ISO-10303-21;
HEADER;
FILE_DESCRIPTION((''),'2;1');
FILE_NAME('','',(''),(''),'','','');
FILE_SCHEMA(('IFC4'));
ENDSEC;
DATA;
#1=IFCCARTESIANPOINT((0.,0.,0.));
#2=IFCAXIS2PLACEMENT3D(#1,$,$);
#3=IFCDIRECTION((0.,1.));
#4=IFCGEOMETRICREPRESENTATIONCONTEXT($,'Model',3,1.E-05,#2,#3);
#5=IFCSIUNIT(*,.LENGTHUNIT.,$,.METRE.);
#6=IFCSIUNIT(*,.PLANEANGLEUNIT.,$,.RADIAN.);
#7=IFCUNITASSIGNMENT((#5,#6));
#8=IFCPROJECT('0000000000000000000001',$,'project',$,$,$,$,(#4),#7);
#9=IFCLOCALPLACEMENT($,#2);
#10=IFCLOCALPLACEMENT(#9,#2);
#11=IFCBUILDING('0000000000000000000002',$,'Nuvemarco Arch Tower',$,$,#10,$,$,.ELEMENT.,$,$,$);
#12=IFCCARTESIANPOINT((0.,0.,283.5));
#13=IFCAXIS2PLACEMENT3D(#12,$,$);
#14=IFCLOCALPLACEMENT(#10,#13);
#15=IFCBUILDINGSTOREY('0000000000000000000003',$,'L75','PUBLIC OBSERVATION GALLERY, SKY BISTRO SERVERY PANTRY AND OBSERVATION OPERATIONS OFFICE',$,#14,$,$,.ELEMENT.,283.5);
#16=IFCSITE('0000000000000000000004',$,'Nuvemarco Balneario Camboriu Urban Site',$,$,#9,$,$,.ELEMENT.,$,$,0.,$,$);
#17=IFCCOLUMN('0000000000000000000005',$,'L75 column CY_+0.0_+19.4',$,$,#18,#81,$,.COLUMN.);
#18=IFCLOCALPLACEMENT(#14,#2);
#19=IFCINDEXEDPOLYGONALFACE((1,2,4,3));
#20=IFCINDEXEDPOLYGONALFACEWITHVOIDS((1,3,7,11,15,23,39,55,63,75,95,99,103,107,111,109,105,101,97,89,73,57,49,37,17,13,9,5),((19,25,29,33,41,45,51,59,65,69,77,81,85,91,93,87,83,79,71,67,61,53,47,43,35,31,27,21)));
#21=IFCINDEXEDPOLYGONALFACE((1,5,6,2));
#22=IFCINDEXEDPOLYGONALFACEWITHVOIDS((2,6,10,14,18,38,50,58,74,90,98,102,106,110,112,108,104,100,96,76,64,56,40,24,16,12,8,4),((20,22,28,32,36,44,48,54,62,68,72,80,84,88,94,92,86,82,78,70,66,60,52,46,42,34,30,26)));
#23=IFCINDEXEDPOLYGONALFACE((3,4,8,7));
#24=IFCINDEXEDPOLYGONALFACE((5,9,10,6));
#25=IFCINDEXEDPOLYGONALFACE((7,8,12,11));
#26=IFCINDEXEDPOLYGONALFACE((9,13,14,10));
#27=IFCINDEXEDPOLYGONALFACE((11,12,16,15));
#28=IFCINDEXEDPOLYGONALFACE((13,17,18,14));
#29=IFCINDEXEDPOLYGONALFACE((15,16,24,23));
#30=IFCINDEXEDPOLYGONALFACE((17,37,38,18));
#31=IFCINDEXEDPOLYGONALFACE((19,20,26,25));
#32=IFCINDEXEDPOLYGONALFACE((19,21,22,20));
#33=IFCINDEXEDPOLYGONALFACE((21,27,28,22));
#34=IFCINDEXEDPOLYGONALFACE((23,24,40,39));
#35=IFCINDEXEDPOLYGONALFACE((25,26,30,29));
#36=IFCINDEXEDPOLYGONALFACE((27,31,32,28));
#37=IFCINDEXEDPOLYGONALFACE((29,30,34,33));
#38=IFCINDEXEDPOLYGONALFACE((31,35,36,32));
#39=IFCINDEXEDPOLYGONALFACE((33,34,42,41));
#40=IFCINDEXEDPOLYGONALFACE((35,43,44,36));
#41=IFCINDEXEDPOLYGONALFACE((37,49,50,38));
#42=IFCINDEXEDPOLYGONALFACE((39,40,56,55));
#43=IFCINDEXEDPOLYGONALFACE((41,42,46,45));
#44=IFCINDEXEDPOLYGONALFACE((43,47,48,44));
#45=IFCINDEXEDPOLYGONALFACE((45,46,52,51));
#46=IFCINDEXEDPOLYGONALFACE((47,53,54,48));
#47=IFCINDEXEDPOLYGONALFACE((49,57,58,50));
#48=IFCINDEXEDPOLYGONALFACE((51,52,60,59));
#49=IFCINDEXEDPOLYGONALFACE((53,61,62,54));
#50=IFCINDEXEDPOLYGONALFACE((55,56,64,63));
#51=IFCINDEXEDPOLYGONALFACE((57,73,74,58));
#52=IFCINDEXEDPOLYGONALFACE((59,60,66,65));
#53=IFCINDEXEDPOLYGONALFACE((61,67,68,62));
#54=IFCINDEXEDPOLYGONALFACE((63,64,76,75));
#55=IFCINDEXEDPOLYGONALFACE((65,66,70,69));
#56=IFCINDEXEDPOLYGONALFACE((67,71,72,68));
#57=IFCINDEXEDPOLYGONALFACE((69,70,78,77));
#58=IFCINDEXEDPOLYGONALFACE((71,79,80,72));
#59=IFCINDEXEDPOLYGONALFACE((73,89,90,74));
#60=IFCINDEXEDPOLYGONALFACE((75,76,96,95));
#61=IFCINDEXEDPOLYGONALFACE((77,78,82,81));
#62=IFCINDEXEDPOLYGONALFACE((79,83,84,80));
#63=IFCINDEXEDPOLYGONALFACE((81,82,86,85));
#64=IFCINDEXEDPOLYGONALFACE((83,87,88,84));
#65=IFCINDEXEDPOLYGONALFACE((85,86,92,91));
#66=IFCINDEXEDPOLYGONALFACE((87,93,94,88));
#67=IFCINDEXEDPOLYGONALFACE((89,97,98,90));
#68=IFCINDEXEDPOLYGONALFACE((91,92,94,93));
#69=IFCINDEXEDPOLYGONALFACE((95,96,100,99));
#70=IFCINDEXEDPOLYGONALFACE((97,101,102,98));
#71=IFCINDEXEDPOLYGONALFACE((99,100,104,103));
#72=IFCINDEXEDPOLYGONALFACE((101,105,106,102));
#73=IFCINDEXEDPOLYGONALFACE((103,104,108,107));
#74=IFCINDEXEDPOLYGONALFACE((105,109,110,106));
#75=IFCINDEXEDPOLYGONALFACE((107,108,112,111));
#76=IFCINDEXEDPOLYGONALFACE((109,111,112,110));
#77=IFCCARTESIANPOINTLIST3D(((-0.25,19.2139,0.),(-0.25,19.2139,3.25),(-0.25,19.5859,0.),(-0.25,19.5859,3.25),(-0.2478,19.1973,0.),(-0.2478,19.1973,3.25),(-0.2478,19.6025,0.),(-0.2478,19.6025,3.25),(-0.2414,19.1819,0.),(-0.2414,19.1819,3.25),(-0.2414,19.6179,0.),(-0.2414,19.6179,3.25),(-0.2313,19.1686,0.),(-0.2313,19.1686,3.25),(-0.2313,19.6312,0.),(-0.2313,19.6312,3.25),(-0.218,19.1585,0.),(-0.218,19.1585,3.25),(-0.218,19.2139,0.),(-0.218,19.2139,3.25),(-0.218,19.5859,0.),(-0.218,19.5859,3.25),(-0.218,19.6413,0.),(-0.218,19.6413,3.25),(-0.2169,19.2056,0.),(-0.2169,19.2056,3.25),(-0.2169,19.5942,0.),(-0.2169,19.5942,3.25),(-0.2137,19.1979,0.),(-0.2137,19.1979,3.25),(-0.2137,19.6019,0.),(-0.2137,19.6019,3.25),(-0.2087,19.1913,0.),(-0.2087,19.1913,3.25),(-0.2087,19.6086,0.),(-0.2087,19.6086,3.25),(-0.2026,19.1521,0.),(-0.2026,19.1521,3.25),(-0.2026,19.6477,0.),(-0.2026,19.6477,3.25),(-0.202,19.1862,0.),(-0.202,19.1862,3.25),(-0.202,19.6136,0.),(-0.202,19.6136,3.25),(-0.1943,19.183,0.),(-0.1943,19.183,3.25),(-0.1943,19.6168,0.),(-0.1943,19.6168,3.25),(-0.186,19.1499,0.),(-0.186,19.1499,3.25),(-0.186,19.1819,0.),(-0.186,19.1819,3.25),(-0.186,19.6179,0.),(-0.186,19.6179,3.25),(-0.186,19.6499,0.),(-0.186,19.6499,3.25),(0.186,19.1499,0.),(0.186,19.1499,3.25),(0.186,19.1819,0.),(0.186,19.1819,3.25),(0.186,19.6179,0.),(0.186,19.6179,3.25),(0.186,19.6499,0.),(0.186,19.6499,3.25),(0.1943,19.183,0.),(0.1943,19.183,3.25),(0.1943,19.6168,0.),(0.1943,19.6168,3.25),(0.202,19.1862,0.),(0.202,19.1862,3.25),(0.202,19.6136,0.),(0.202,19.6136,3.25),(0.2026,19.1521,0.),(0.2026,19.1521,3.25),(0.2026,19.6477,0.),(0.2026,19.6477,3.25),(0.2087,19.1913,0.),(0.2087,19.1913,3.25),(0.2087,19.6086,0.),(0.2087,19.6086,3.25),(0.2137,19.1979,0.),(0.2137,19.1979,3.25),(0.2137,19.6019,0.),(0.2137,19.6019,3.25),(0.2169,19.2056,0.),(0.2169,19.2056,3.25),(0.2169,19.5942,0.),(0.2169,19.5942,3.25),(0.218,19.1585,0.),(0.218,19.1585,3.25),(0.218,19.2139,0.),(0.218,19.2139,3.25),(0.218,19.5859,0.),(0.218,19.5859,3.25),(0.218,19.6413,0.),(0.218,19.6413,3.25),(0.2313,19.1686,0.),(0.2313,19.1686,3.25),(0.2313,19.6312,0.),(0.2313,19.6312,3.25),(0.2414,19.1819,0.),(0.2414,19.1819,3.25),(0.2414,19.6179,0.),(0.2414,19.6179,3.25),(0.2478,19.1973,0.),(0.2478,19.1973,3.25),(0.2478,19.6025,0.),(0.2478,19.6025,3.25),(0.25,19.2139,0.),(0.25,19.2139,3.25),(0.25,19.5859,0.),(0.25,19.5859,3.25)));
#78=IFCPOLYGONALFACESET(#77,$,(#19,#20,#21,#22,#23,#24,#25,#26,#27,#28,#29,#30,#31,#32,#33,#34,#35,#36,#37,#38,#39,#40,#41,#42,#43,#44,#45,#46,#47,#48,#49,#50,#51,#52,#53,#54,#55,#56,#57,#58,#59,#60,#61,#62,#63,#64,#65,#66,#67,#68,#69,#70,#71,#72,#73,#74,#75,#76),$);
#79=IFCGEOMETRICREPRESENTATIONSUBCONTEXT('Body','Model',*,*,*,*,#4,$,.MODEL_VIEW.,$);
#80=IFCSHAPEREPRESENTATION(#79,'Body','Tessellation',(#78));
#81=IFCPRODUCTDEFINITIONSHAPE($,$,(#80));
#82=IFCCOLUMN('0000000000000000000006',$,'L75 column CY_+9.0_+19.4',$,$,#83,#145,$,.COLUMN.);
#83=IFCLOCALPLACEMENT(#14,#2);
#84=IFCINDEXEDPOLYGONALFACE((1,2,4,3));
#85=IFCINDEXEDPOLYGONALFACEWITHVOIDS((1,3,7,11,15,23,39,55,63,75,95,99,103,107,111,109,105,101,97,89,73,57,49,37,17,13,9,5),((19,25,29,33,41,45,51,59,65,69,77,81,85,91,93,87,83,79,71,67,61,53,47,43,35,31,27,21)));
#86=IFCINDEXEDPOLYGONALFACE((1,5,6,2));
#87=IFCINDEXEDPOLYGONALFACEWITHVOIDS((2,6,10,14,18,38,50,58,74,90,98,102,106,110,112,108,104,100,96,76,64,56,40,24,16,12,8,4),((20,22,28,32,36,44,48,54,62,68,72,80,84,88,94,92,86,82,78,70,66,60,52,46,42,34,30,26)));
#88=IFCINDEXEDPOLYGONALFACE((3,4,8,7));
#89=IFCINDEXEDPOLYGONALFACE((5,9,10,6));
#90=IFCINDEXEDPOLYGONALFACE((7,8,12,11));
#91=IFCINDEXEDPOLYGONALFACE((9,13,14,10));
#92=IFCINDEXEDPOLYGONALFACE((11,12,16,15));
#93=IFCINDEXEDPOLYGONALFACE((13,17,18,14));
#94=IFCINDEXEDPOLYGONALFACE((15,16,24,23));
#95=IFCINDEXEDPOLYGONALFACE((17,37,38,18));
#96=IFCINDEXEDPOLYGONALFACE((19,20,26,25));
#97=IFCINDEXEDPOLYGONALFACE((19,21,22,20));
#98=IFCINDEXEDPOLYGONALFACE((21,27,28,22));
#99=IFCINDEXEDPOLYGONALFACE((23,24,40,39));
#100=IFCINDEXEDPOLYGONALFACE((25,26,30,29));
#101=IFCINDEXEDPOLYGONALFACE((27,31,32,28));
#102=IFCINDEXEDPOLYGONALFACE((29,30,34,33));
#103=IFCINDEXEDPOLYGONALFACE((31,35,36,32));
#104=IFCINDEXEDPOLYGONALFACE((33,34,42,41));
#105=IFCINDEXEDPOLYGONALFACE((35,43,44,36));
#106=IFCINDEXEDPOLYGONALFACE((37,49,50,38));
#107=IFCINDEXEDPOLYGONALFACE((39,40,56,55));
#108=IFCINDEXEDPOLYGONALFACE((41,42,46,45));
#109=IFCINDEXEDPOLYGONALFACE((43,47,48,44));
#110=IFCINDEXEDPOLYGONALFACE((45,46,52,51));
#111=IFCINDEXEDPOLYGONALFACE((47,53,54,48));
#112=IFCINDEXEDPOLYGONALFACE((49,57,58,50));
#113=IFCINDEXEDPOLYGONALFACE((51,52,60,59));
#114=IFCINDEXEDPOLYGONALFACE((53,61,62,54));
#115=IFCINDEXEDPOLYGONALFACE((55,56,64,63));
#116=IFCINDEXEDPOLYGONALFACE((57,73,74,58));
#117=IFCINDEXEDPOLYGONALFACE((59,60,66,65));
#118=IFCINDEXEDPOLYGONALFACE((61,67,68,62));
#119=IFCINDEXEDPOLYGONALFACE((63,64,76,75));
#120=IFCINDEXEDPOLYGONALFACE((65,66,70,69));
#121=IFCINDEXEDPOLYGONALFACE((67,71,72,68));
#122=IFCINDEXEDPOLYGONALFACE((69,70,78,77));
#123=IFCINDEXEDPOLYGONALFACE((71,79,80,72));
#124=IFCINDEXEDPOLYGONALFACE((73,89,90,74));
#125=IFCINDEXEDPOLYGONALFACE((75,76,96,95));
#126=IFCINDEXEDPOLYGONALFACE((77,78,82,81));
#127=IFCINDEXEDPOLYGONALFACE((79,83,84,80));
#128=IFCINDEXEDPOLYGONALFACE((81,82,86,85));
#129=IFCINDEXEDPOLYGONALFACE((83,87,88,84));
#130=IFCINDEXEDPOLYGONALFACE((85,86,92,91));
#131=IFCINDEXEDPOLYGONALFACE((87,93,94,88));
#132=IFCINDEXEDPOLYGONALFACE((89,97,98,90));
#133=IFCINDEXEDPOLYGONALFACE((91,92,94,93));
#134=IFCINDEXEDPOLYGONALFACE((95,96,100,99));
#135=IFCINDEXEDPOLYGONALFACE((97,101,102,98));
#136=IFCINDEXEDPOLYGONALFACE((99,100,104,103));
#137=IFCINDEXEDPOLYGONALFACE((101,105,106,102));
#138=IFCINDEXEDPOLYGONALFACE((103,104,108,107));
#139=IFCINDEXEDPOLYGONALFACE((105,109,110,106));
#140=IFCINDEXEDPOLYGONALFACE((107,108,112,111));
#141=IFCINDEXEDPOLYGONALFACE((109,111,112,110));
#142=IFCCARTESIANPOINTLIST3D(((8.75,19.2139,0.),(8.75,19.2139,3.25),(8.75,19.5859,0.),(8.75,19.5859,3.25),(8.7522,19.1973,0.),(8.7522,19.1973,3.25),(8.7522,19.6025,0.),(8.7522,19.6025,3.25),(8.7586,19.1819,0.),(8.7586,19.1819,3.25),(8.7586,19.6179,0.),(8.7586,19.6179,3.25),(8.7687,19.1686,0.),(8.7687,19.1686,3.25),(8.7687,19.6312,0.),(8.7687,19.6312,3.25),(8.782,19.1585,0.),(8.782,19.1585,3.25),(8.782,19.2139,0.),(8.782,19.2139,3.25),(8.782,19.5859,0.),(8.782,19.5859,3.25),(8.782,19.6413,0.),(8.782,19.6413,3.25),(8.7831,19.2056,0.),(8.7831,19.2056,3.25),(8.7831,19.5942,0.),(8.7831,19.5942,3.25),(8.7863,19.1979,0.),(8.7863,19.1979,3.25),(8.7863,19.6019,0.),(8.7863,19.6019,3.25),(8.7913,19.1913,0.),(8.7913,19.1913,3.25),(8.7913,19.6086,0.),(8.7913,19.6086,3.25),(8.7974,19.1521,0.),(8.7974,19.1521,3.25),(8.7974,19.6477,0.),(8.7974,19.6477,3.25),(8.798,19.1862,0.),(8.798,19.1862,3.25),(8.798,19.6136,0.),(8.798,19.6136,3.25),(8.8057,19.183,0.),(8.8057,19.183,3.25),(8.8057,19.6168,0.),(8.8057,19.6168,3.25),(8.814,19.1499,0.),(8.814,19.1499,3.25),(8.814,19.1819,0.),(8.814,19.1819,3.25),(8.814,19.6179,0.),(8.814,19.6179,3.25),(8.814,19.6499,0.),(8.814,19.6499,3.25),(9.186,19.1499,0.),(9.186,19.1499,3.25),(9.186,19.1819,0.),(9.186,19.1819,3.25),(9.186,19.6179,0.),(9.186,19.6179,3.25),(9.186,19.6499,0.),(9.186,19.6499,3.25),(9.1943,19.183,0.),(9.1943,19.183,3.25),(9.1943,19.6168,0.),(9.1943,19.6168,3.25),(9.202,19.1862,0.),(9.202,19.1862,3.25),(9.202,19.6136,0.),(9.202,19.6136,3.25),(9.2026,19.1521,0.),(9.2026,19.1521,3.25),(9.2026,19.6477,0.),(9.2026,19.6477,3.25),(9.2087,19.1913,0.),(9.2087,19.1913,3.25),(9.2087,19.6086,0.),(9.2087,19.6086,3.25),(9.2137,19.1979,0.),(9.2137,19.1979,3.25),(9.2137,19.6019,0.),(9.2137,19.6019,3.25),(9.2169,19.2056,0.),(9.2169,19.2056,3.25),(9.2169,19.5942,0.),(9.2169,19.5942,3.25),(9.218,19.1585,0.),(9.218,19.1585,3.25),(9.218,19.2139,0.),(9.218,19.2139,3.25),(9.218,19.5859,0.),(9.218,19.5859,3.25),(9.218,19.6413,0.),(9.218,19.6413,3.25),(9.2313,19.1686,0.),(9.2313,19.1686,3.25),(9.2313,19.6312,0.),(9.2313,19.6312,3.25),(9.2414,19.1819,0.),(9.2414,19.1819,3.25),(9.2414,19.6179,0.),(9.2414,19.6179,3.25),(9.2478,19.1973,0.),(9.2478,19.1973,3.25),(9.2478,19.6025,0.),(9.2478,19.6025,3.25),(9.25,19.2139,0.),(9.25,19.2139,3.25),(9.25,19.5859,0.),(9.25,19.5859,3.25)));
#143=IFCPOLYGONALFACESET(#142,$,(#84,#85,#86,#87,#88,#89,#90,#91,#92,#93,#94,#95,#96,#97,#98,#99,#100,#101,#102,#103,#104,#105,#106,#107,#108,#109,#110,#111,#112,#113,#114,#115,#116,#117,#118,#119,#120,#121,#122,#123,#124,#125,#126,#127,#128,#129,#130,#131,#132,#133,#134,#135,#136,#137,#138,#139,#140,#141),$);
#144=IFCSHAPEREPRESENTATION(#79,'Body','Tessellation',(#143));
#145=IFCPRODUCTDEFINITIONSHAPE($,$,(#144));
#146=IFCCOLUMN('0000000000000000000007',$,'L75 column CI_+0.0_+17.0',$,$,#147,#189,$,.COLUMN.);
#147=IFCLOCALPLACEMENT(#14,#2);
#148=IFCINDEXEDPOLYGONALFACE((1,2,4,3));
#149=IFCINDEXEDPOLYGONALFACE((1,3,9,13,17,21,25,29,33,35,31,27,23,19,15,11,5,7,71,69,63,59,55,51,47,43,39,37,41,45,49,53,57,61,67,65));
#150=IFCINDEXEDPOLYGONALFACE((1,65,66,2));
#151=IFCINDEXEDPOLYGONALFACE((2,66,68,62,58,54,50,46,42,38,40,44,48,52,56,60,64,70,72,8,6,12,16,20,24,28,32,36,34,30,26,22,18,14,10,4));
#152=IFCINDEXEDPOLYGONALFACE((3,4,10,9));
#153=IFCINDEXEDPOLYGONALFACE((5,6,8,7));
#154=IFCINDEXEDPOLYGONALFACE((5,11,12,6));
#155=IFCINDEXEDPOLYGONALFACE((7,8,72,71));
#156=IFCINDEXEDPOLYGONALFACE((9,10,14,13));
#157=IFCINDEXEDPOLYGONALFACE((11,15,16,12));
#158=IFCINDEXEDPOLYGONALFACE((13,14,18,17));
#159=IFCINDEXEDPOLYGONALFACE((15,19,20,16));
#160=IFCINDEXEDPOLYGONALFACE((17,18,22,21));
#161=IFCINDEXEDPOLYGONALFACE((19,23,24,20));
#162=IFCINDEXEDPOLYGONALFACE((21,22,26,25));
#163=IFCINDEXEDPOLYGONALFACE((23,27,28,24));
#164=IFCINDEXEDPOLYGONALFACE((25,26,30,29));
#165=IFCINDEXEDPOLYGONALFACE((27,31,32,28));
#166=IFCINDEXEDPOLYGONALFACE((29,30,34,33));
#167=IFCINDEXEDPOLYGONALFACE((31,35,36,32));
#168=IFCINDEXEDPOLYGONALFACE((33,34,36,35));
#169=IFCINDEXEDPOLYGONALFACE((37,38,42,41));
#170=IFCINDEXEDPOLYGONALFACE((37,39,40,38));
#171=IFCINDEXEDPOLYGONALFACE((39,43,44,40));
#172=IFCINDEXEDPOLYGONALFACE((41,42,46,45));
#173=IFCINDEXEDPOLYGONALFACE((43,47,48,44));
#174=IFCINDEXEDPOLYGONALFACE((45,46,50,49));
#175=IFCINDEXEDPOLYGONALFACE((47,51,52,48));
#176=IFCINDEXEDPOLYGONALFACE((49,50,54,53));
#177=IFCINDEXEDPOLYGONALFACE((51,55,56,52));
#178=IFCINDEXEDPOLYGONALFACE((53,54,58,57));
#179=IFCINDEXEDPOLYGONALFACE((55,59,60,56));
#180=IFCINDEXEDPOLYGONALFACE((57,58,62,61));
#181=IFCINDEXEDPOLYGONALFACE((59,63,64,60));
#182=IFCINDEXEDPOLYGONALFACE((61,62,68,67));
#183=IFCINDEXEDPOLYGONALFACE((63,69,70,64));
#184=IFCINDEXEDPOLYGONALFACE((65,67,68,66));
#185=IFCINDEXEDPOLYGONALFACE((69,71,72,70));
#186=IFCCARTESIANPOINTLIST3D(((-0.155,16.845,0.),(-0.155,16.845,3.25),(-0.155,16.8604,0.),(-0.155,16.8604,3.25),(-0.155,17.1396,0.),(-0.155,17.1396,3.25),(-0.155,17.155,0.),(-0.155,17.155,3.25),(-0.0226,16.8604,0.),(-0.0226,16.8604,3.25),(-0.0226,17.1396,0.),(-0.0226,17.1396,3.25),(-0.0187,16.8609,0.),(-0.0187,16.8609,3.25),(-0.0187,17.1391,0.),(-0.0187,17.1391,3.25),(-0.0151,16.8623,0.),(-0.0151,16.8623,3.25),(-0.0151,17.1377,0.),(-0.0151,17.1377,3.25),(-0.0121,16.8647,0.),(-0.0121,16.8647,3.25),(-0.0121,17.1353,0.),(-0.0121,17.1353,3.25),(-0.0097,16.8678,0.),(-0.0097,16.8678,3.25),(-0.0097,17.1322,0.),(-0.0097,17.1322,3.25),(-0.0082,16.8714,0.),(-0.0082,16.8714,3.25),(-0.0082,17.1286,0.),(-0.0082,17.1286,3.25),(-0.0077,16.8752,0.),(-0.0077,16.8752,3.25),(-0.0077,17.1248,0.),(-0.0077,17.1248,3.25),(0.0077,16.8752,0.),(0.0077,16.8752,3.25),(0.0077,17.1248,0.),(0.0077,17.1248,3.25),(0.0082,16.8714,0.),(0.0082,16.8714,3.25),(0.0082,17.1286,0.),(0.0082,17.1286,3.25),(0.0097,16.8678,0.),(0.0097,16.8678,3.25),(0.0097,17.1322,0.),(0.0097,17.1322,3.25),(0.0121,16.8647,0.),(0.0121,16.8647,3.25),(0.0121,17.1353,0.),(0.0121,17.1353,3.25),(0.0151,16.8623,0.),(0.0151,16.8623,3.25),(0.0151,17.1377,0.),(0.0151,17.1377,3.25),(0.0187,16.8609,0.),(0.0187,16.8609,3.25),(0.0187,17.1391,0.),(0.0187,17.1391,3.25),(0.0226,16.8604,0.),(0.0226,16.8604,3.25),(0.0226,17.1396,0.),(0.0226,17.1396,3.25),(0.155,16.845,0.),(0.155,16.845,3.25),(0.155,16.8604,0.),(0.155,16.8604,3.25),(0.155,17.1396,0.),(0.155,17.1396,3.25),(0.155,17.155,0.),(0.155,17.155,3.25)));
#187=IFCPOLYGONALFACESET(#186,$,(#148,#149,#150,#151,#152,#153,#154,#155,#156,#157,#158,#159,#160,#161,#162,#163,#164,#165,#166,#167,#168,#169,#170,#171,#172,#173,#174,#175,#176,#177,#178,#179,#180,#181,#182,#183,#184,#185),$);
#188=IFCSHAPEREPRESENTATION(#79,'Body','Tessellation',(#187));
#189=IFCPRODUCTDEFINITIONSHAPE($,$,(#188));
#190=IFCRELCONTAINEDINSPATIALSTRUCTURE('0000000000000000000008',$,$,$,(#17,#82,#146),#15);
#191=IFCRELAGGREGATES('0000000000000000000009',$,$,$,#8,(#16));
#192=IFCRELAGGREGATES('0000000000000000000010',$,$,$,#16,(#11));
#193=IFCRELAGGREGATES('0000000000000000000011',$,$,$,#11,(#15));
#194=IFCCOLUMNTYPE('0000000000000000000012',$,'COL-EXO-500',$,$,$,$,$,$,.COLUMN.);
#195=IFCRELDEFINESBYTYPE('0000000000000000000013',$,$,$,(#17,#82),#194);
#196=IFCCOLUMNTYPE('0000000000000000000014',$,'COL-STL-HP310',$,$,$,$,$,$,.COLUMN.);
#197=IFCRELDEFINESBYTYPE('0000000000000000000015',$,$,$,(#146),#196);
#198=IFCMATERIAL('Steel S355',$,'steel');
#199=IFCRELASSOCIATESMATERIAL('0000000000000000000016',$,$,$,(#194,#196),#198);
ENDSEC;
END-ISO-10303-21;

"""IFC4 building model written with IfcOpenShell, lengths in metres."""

from ifc_helpers import new_model, si_unit, direction, frame, origin, origin_2d, place, context, subcontext, project, spatial, hollow_rectangle, i_section, extrude, material, material_profile, profile_set, type_object, element, save


model = new_model("IFC4")

# Units and contexts
model_context = context("Model", 3, precision=1e-05, world=origin(), true_north=direction((0.0, 1.0)))
body_context = subcontext(model_context, "Body", "Model", "MODEL_VIEW")
ifc_project = project(units=[si_unit("LENGTHUNIT", "METRE"), si_unit("PLANEANGLEUNIT", "RADIAN")], contexts=[model_context])

# Site, building, storey
site_placement = place(None, origin())
site = spatial("IfcSite", under=ifc_project, at=site_placement, Name="Nuvemarco Balneario Camboriu Urban Site", CompositionType="ELEMENT", RefElevation=0.0)
building_placement = place(site_placement, origin())
building = spatial("IfcBuilding", under=site, at=building_placement, Name="Nuvemarco Arch Tower", CompositionType="ELEMENT")
storey_placement = place(building_placement, frame((0.0, 0.0, 283.5)))
storey = spatial("IfcBuildingStorey", under=building, at=storey_placement, Name="L75", Description="PUBLIC OBSERVATION GALLERY, SKY BISTRO SERVERY PANTRY AND OBSERVATION OPERATIONS OFFICE", CompositionType="ELEMENT", Elevation=283.5)

# Columns
ifc_material_1 = material(Name="Steel S355", Category="steel")
ifc_material_profile_1 = material_profile(ifc_material_1, hollow_rectangle(XDim=0.5, YDim=0.5, WallThickness=0.032, InnerFilletRadius=0.032, OuterFilletRadius=0.064, at=origin_2d()), Name="SHS500x500x32")
ifc_profile_set_1 = profile_set([ifc_material_profile_1], Name="Steel S355")
column_type_1 = type_object("IfcColumnType", Name="COL-EXO-500", PredefinedType="COLUMN", material=ifc_profile_set_1)
for number, where, z_axis, x_axis, name in (
    (1, (0.0, 19.3999, 0.0), (0.0, 0.0, 1.0), (1.0, 0.0, 0.0), "L75 column CY_+0.0_+19.4"),
    (2, (9.0, 19.3999, 0.0), (0.0, 0.0, 1.0), (1.0, 0.0, 0.0), "L75 column CY_+9.0_+19.4"),
):
    element("IfcColumn", number, at=place(storey_placement, frame(where, z_axis=z_axis, x_axis=x_axis)), inside=storey, type_object=column_type_1, Name=name, PredefinedType="COLUMN", context=body_context, shape_type="SweptSolid", body=[
        extrude(hollow_rectangle(XDim=0.5, YDim=0.5, WallThickness=0.032, InnerFilletRadius=0.032, OuterFilletRadius=0.064, at=origin_2d()), origin(), (0.0, 0.0, 1.0), 3.25),
    ])
ifc_material_profile_2 = material_profile(ifc_material_1, i_section(OverallWidth=0.3101, OverallDepth=0.3101, WebThickness=0.0154, FlangeThickness=0.0154, FilletRadius=0.0149, at=origin_2d()), Name="HP310x110")
ifc_profile_set_2 = profile_set([ifc_material_profile_2], Name="Steel S355")
column_type_2 = type_object("IfcColumnType", Name="COL-STL-HP310", PredefinedType="COLUMN", material=ifc_profile_set_2)
for number, where, z_axis, x_axis, name in (
    (3, (0.0, 17.0, 0.0), (0.0, 0.0, 1.0), (1.0, 0.0, 0.0), "L75 column CI_+0.0_+17.0"),
):
    element("IfcColumn", number, at=place(storey_placement, frame(where, z_axis=z_axis, x_axis=x_axis)), inside=storey, type_object=column_type_2, Name=name, PredefinedType="COLUMN", context=body_context, shape_type="SweptSolid", body=[
        extrude(i_section(OverallWidth=0.3101, OverallDepth=0.3101, WebThickness=0.0154, FlangeThickness=0.0154, FilletRadius=0.0149, at=origin_2d()), origin(), (0.0, 0.0, 1.0), 3.25),
    ])

save(model, "model.ifc")
